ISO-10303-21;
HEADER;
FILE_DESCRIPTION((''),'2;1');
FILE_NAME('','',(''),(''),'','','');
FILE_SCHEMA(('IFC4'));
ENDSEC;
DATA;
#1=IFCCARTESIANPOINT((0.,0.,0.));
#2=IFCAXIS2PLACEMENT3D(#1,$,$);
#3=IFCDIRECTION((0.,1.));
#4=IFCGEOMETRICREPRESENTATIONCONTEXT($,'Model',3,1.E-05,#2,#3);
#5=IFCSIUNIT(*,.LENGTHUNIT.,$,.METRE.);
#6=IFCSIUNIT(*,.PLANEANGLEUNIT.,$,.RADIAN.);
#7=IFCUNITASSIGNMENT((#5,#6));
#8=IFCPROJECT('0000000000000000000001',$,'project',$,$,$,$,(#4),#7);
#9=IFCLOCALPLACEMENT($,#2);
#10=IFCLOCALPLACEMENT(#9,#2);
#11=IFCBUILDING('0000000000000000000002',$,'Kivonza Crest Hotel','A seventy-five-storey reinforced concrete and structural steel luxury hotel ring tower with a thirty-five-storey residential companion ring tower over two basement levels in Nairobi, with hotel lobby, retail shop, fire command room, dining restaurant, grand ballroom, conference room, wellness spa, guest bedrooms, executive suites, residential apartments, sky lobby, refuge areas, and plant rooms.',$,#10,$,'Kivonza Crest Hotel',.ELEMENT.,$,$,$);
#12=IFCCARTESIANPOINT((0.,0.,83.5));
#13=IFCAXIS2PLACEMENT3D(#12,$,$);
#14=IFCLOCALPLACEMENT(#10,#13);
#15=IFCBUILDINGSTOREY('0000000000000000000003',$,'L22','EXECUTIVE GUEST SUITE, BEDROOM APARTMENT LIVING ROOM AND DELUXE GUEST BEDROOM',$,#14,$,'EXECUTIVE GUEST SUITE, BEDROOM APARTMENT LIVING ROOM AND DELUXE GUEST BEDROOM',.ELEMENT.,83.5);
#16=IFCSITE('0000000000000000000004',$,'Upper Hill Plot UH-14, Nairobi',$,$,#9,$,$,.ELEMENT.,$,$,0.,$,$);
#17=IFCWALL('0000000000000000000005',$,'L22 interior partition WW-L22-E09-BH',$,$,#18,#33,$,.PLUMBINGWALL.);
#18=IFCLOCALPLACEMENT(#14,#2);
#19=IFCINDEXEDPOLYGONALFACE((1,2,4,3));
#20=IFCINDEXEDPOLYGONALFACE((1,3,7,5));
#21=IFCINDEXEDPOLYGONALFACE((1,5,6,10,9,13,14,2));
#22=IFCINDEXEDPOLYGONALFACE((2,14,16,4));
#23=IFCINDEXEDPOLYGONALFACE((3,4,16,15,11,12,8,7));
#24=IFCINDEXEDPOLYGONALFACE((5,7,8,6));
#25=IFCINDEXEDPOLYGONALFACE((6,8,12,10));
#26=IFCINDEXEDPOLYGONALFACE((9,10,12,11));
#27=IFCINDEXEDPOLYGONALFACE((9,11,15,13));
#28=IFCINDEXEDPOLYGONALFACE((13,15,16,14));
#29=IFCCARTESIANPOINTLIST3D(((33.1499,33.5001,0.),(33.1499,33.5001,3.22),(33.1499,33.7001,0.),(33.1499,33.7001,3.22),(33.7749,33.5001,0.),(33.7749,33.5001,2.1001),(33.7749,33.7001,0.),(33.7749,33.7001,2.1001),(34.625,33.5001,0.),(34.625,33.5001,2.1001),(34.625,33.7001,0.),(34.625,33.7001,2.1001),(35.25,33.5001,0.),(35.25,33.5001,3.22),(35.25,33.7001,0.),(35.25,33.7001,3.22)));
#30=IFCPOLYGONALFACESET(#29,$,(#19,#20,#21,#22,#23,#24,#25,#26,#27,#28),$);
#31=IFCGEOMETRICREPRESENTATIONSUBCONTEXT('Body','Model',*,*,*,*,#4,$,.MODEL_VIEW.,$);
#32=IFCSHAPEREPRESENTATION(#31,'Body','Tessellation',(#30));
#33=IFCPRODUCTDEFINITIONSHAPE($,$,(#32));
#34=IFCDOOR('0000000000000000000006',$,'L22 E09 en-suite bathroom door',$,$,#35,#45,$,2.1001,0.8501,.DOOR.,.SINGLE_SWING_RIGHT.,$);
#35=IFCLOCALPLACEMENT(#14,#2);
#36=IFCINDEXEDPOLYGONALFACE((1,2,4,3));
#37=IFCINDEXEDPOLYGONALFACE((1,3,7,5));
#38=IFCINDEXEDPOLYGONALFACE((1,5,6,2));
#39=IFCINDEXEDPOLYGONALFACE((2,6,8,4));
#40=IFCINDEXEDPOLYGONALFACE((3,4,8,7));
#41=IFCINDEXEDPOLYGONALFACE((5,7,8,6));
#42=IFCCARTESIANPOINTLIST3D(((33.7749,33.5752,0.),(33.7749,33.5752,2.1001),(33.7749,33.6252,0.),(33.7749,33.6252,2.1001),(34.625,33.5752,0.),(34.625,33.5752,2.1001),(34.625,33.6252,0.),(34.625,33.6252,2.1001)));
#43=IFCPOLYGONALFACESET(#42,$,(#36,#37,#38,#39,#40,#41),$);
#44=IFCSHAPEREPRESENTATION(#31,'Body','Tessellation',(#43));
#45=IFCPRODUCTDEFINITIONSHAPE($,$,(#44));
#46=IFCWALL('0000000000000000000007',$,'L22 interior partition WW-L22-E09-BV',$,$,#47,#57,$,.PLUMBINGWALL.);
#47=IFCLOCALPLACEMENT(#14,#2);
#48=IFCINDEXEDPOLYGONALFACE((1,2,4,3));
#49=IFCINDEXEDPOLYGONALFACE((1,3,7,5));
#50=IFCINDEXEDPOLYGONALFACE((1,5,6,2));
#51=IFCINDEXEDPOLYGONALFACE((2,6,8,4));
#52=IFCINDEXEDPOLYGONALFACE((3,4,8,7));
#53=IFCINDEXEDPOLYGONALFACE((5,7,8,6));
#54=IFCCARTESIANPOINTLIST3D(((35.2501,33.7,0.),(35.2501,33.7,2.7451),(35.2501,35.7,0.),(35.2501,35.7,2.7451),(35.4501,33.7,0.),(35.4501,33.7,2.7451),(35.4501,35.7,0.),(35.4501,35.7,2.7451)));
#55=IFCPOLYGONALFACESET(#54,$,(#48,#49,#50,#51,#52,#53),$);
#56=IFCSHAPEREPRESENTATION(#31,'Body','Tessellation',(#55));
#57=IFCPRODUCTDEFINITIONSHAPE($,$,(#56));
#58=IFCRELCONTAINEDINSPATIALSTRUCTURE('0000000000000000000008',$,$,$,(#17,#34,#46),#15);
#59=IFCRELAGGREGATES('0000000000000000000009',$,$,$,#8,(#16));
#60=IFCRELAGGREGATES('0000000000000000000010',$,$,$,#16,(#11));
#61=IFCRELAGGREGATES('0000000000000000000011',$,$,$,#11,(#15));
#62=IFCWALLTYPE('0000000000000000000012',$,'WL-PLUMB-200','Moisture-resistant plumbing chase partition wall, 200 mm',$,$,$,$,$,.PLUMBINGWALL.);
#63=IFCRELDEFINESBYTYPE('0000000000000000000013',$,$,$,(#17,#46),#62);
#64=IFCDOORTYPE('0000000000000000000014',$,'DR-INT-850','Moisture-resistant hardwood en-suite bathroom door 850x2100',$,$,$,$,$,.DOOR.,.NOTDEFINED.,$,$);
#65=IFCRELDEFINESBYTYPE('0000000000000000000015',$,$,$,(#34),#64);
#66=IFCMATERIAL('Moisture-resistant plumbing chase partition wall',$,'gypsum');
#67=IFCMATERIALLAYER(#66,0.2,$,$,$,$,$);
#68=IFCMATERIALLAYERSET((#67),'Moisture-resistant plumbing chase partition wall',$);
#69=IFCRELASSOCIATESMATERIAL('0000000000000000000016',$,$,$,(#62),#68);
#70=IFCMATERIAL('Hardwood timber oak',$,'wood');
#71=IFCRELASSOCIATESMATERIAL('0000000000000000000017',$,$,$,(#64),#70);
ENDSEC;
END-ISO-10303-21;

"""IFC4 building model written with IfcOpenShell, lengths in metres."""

from ifc_helpers import new_model, si_unit, direction, frame, frame_2d, origin, place, context, subcontext, project, spatial, rectangle, extrude, material, layer, layer_set, type_object, element, fill, save


model = new_model("IFC4")

# Units and contexts
model_context = context("Model", 3, precision=1e-05, world=origin(), true_north=direction((0.0, 1.0)))
body_context = subcontext(model_context, "Body", "Model", "MODEL_VIEW")
ifc_project = project(units=[si_unit("LENGTHUNIT", "METRE"), si_unit("PLANEANGLEUNIT", "RADIAN")], contexts=[model_context])

# Site, building, storey
site_placement = place(None, origin())
site = spatial("IfcSite", under=ifc_project, at=site_placement, Name="Upper Hill Plot UH-14, Nairobi", CompositionType="ELEMENT", RefElevation=0.0)
building_placement = place(site_placement, origin())
building = spatial("IfcBuilding", under=site, at=building_placement, Name="Kivonza Crest Hotel", Description="A seventy-five-storey reinforced concrete and structural steel luxury hotel ring tower with a thirty-five-storey residential companion ring tower over two basement levels in Nairobi, with hotel lobby, retail shop, fire command room, dining restaurant, grand ballroom, conference room, wellness spa, guest bedrooms, executive suites, residential apartments, sky lobby, refuge areas, and plant rooms.", LongName="Kivonza Crest Hotel", CompositionType="ELEMENT")
storey_placement = place(building_placement, frame((0.0, 0.0, 83.5)))
storey = spatial("IfcBuildingStorey", under=building, at=storey_placement, Name="L22", Description="EXECUTIVE GUEST SUITE, BEDROOM APARTMENT LIVING ROOM AND DELUXE GUEST BEDROOM", LongName="EXECUTIVE GUEST SUITE, BEDROOM APARTMENT LIVING ROOM AND DELUXE GUEST BEDROOM", CompositionType="ELEMENT", Elevation=83.5)

# Shared definitions
ifc_material_1 = material(Name="Hardwood timber oak", Category="wood")
ifc_material_2 = material(Name="Moisture-resistant plumbing chase partition wall", Category="gypsum")
ifc_layer_1 = layer(ifc_material_2, 0.2)
ifc_layer_set_1 = layer_set([ifc_layer_1], Name="Moisture-resistant plumbing chase partition wall")
wall_type_1 = type_object("IfcWallType", Name="WL-PLUMB-200", Description="Moisture-resistant plumbing chase partition wall, 200 mm", PredefinedType="PLUMBINGWALL", material=ifc_layer_set_1)
door_type_1 = type_object("IfcDoorType", Name="DR-INT-850", Description="Moisture-resistant hardwood en-suite bathroom door 850x2100", OperationType="NOTDEFINED", PredefinedType="DOOR", material=ifc_material_1)

# Wall, opening, door
wall_1_placement = place(storey_placement, frame((33.1499, 33.6001, 0.0), z_axis=(0.0, 0.0, 1.0), x_axis=(1.0, 0.0, 0.0)))
wall_1 = element("IfcWall", 1, at=wall_1_placement, inside=storey, type_object=wall_type_1, Name="L22 interior partition WW-L22-E09-BH", PredefinedType="PLUMBINGWALL", context=body_context, shape_type="SweptSolid", body=[
    extrude(rectangle(XDim=2.1001, YDim=0.2, at=frame_2d((1.05, 0.0))), origin(), (0.0, 0.0, 1.0), 3.22),
])
opening_1_placement = place(wall_1_placement, frame((0.625, 0.0, 0.0)))
opening_1 = element("IfcOpeningElement", 2, at=opening_1_placement, cuts=wall_1, PredefinedType="OPENING", context=body_context, shape_type="SweptSolid", body=[
    extrude(rectangle(XDim=0.8501, YDim=2.1001, at=frame_2d((0.425, 1.05))), frame((0.0, 0.1099, 0.0), z_axis=(0.0, -1.0, 0.0), x_axis=(1.0, 0.0, 0.0)), (0.0, 0.0, 1.0), 0.22),
])
door_1_placement = place(opening_1_placement, frame((0.8501, 0.0, 0.0), z_axis=(0.0, 0.0, 1.0), x_axis=(-1.0, 0.0, 0.0)))
door_1 = element("IfcDoor", 3, at=door_1_placement, inside=storey, type_object=door_type_1, Name="L22 E09 en-suite bathroom door", OperationType="SINGLE_SWING_RIGHT", OverallHeight=2.1001, OverallWidth=0.8501, PredefinedType="DOOR", context=body_context, shape_type="SweptSolid", body=[
    extrude(rectangle(XDim=0.8501, YDim=2.1001, at=frame_2d((0.425, 1.05))), frame((0.0, 0.0249, 0.0), z_axis=(0.0, -1.0, 0.0), x_axis=(1.0, 0.0, 0.0)), (0.0, 0.0, 1.0), 0.05),
])
fill(opening_1, door_1)

# Wall
wall_2_placement = place(storey_placement, frame((35.3501, 33.7, 0.0), z_axis=(0.0, 0.0, 1.0), x_axis=(0.0, 1.0, 0.0)))
element("IfcWall", 4, at=wall_2_placement, inside=storey, type_object=wall_type_1, Name="L22 interior partition WW-L22-E09-BV", PredefinedType="PLUMBINGWALL", context=body_context, shape_type="SweptSolid", body=[
    extrude(rectangle(XDim=2.0, YDim=0.2, at=frame_2d((1.0, 0.0))), origin(), (0.0, 0.0, 1.0), 2.7451),
])

save(model, "model.ifc")
